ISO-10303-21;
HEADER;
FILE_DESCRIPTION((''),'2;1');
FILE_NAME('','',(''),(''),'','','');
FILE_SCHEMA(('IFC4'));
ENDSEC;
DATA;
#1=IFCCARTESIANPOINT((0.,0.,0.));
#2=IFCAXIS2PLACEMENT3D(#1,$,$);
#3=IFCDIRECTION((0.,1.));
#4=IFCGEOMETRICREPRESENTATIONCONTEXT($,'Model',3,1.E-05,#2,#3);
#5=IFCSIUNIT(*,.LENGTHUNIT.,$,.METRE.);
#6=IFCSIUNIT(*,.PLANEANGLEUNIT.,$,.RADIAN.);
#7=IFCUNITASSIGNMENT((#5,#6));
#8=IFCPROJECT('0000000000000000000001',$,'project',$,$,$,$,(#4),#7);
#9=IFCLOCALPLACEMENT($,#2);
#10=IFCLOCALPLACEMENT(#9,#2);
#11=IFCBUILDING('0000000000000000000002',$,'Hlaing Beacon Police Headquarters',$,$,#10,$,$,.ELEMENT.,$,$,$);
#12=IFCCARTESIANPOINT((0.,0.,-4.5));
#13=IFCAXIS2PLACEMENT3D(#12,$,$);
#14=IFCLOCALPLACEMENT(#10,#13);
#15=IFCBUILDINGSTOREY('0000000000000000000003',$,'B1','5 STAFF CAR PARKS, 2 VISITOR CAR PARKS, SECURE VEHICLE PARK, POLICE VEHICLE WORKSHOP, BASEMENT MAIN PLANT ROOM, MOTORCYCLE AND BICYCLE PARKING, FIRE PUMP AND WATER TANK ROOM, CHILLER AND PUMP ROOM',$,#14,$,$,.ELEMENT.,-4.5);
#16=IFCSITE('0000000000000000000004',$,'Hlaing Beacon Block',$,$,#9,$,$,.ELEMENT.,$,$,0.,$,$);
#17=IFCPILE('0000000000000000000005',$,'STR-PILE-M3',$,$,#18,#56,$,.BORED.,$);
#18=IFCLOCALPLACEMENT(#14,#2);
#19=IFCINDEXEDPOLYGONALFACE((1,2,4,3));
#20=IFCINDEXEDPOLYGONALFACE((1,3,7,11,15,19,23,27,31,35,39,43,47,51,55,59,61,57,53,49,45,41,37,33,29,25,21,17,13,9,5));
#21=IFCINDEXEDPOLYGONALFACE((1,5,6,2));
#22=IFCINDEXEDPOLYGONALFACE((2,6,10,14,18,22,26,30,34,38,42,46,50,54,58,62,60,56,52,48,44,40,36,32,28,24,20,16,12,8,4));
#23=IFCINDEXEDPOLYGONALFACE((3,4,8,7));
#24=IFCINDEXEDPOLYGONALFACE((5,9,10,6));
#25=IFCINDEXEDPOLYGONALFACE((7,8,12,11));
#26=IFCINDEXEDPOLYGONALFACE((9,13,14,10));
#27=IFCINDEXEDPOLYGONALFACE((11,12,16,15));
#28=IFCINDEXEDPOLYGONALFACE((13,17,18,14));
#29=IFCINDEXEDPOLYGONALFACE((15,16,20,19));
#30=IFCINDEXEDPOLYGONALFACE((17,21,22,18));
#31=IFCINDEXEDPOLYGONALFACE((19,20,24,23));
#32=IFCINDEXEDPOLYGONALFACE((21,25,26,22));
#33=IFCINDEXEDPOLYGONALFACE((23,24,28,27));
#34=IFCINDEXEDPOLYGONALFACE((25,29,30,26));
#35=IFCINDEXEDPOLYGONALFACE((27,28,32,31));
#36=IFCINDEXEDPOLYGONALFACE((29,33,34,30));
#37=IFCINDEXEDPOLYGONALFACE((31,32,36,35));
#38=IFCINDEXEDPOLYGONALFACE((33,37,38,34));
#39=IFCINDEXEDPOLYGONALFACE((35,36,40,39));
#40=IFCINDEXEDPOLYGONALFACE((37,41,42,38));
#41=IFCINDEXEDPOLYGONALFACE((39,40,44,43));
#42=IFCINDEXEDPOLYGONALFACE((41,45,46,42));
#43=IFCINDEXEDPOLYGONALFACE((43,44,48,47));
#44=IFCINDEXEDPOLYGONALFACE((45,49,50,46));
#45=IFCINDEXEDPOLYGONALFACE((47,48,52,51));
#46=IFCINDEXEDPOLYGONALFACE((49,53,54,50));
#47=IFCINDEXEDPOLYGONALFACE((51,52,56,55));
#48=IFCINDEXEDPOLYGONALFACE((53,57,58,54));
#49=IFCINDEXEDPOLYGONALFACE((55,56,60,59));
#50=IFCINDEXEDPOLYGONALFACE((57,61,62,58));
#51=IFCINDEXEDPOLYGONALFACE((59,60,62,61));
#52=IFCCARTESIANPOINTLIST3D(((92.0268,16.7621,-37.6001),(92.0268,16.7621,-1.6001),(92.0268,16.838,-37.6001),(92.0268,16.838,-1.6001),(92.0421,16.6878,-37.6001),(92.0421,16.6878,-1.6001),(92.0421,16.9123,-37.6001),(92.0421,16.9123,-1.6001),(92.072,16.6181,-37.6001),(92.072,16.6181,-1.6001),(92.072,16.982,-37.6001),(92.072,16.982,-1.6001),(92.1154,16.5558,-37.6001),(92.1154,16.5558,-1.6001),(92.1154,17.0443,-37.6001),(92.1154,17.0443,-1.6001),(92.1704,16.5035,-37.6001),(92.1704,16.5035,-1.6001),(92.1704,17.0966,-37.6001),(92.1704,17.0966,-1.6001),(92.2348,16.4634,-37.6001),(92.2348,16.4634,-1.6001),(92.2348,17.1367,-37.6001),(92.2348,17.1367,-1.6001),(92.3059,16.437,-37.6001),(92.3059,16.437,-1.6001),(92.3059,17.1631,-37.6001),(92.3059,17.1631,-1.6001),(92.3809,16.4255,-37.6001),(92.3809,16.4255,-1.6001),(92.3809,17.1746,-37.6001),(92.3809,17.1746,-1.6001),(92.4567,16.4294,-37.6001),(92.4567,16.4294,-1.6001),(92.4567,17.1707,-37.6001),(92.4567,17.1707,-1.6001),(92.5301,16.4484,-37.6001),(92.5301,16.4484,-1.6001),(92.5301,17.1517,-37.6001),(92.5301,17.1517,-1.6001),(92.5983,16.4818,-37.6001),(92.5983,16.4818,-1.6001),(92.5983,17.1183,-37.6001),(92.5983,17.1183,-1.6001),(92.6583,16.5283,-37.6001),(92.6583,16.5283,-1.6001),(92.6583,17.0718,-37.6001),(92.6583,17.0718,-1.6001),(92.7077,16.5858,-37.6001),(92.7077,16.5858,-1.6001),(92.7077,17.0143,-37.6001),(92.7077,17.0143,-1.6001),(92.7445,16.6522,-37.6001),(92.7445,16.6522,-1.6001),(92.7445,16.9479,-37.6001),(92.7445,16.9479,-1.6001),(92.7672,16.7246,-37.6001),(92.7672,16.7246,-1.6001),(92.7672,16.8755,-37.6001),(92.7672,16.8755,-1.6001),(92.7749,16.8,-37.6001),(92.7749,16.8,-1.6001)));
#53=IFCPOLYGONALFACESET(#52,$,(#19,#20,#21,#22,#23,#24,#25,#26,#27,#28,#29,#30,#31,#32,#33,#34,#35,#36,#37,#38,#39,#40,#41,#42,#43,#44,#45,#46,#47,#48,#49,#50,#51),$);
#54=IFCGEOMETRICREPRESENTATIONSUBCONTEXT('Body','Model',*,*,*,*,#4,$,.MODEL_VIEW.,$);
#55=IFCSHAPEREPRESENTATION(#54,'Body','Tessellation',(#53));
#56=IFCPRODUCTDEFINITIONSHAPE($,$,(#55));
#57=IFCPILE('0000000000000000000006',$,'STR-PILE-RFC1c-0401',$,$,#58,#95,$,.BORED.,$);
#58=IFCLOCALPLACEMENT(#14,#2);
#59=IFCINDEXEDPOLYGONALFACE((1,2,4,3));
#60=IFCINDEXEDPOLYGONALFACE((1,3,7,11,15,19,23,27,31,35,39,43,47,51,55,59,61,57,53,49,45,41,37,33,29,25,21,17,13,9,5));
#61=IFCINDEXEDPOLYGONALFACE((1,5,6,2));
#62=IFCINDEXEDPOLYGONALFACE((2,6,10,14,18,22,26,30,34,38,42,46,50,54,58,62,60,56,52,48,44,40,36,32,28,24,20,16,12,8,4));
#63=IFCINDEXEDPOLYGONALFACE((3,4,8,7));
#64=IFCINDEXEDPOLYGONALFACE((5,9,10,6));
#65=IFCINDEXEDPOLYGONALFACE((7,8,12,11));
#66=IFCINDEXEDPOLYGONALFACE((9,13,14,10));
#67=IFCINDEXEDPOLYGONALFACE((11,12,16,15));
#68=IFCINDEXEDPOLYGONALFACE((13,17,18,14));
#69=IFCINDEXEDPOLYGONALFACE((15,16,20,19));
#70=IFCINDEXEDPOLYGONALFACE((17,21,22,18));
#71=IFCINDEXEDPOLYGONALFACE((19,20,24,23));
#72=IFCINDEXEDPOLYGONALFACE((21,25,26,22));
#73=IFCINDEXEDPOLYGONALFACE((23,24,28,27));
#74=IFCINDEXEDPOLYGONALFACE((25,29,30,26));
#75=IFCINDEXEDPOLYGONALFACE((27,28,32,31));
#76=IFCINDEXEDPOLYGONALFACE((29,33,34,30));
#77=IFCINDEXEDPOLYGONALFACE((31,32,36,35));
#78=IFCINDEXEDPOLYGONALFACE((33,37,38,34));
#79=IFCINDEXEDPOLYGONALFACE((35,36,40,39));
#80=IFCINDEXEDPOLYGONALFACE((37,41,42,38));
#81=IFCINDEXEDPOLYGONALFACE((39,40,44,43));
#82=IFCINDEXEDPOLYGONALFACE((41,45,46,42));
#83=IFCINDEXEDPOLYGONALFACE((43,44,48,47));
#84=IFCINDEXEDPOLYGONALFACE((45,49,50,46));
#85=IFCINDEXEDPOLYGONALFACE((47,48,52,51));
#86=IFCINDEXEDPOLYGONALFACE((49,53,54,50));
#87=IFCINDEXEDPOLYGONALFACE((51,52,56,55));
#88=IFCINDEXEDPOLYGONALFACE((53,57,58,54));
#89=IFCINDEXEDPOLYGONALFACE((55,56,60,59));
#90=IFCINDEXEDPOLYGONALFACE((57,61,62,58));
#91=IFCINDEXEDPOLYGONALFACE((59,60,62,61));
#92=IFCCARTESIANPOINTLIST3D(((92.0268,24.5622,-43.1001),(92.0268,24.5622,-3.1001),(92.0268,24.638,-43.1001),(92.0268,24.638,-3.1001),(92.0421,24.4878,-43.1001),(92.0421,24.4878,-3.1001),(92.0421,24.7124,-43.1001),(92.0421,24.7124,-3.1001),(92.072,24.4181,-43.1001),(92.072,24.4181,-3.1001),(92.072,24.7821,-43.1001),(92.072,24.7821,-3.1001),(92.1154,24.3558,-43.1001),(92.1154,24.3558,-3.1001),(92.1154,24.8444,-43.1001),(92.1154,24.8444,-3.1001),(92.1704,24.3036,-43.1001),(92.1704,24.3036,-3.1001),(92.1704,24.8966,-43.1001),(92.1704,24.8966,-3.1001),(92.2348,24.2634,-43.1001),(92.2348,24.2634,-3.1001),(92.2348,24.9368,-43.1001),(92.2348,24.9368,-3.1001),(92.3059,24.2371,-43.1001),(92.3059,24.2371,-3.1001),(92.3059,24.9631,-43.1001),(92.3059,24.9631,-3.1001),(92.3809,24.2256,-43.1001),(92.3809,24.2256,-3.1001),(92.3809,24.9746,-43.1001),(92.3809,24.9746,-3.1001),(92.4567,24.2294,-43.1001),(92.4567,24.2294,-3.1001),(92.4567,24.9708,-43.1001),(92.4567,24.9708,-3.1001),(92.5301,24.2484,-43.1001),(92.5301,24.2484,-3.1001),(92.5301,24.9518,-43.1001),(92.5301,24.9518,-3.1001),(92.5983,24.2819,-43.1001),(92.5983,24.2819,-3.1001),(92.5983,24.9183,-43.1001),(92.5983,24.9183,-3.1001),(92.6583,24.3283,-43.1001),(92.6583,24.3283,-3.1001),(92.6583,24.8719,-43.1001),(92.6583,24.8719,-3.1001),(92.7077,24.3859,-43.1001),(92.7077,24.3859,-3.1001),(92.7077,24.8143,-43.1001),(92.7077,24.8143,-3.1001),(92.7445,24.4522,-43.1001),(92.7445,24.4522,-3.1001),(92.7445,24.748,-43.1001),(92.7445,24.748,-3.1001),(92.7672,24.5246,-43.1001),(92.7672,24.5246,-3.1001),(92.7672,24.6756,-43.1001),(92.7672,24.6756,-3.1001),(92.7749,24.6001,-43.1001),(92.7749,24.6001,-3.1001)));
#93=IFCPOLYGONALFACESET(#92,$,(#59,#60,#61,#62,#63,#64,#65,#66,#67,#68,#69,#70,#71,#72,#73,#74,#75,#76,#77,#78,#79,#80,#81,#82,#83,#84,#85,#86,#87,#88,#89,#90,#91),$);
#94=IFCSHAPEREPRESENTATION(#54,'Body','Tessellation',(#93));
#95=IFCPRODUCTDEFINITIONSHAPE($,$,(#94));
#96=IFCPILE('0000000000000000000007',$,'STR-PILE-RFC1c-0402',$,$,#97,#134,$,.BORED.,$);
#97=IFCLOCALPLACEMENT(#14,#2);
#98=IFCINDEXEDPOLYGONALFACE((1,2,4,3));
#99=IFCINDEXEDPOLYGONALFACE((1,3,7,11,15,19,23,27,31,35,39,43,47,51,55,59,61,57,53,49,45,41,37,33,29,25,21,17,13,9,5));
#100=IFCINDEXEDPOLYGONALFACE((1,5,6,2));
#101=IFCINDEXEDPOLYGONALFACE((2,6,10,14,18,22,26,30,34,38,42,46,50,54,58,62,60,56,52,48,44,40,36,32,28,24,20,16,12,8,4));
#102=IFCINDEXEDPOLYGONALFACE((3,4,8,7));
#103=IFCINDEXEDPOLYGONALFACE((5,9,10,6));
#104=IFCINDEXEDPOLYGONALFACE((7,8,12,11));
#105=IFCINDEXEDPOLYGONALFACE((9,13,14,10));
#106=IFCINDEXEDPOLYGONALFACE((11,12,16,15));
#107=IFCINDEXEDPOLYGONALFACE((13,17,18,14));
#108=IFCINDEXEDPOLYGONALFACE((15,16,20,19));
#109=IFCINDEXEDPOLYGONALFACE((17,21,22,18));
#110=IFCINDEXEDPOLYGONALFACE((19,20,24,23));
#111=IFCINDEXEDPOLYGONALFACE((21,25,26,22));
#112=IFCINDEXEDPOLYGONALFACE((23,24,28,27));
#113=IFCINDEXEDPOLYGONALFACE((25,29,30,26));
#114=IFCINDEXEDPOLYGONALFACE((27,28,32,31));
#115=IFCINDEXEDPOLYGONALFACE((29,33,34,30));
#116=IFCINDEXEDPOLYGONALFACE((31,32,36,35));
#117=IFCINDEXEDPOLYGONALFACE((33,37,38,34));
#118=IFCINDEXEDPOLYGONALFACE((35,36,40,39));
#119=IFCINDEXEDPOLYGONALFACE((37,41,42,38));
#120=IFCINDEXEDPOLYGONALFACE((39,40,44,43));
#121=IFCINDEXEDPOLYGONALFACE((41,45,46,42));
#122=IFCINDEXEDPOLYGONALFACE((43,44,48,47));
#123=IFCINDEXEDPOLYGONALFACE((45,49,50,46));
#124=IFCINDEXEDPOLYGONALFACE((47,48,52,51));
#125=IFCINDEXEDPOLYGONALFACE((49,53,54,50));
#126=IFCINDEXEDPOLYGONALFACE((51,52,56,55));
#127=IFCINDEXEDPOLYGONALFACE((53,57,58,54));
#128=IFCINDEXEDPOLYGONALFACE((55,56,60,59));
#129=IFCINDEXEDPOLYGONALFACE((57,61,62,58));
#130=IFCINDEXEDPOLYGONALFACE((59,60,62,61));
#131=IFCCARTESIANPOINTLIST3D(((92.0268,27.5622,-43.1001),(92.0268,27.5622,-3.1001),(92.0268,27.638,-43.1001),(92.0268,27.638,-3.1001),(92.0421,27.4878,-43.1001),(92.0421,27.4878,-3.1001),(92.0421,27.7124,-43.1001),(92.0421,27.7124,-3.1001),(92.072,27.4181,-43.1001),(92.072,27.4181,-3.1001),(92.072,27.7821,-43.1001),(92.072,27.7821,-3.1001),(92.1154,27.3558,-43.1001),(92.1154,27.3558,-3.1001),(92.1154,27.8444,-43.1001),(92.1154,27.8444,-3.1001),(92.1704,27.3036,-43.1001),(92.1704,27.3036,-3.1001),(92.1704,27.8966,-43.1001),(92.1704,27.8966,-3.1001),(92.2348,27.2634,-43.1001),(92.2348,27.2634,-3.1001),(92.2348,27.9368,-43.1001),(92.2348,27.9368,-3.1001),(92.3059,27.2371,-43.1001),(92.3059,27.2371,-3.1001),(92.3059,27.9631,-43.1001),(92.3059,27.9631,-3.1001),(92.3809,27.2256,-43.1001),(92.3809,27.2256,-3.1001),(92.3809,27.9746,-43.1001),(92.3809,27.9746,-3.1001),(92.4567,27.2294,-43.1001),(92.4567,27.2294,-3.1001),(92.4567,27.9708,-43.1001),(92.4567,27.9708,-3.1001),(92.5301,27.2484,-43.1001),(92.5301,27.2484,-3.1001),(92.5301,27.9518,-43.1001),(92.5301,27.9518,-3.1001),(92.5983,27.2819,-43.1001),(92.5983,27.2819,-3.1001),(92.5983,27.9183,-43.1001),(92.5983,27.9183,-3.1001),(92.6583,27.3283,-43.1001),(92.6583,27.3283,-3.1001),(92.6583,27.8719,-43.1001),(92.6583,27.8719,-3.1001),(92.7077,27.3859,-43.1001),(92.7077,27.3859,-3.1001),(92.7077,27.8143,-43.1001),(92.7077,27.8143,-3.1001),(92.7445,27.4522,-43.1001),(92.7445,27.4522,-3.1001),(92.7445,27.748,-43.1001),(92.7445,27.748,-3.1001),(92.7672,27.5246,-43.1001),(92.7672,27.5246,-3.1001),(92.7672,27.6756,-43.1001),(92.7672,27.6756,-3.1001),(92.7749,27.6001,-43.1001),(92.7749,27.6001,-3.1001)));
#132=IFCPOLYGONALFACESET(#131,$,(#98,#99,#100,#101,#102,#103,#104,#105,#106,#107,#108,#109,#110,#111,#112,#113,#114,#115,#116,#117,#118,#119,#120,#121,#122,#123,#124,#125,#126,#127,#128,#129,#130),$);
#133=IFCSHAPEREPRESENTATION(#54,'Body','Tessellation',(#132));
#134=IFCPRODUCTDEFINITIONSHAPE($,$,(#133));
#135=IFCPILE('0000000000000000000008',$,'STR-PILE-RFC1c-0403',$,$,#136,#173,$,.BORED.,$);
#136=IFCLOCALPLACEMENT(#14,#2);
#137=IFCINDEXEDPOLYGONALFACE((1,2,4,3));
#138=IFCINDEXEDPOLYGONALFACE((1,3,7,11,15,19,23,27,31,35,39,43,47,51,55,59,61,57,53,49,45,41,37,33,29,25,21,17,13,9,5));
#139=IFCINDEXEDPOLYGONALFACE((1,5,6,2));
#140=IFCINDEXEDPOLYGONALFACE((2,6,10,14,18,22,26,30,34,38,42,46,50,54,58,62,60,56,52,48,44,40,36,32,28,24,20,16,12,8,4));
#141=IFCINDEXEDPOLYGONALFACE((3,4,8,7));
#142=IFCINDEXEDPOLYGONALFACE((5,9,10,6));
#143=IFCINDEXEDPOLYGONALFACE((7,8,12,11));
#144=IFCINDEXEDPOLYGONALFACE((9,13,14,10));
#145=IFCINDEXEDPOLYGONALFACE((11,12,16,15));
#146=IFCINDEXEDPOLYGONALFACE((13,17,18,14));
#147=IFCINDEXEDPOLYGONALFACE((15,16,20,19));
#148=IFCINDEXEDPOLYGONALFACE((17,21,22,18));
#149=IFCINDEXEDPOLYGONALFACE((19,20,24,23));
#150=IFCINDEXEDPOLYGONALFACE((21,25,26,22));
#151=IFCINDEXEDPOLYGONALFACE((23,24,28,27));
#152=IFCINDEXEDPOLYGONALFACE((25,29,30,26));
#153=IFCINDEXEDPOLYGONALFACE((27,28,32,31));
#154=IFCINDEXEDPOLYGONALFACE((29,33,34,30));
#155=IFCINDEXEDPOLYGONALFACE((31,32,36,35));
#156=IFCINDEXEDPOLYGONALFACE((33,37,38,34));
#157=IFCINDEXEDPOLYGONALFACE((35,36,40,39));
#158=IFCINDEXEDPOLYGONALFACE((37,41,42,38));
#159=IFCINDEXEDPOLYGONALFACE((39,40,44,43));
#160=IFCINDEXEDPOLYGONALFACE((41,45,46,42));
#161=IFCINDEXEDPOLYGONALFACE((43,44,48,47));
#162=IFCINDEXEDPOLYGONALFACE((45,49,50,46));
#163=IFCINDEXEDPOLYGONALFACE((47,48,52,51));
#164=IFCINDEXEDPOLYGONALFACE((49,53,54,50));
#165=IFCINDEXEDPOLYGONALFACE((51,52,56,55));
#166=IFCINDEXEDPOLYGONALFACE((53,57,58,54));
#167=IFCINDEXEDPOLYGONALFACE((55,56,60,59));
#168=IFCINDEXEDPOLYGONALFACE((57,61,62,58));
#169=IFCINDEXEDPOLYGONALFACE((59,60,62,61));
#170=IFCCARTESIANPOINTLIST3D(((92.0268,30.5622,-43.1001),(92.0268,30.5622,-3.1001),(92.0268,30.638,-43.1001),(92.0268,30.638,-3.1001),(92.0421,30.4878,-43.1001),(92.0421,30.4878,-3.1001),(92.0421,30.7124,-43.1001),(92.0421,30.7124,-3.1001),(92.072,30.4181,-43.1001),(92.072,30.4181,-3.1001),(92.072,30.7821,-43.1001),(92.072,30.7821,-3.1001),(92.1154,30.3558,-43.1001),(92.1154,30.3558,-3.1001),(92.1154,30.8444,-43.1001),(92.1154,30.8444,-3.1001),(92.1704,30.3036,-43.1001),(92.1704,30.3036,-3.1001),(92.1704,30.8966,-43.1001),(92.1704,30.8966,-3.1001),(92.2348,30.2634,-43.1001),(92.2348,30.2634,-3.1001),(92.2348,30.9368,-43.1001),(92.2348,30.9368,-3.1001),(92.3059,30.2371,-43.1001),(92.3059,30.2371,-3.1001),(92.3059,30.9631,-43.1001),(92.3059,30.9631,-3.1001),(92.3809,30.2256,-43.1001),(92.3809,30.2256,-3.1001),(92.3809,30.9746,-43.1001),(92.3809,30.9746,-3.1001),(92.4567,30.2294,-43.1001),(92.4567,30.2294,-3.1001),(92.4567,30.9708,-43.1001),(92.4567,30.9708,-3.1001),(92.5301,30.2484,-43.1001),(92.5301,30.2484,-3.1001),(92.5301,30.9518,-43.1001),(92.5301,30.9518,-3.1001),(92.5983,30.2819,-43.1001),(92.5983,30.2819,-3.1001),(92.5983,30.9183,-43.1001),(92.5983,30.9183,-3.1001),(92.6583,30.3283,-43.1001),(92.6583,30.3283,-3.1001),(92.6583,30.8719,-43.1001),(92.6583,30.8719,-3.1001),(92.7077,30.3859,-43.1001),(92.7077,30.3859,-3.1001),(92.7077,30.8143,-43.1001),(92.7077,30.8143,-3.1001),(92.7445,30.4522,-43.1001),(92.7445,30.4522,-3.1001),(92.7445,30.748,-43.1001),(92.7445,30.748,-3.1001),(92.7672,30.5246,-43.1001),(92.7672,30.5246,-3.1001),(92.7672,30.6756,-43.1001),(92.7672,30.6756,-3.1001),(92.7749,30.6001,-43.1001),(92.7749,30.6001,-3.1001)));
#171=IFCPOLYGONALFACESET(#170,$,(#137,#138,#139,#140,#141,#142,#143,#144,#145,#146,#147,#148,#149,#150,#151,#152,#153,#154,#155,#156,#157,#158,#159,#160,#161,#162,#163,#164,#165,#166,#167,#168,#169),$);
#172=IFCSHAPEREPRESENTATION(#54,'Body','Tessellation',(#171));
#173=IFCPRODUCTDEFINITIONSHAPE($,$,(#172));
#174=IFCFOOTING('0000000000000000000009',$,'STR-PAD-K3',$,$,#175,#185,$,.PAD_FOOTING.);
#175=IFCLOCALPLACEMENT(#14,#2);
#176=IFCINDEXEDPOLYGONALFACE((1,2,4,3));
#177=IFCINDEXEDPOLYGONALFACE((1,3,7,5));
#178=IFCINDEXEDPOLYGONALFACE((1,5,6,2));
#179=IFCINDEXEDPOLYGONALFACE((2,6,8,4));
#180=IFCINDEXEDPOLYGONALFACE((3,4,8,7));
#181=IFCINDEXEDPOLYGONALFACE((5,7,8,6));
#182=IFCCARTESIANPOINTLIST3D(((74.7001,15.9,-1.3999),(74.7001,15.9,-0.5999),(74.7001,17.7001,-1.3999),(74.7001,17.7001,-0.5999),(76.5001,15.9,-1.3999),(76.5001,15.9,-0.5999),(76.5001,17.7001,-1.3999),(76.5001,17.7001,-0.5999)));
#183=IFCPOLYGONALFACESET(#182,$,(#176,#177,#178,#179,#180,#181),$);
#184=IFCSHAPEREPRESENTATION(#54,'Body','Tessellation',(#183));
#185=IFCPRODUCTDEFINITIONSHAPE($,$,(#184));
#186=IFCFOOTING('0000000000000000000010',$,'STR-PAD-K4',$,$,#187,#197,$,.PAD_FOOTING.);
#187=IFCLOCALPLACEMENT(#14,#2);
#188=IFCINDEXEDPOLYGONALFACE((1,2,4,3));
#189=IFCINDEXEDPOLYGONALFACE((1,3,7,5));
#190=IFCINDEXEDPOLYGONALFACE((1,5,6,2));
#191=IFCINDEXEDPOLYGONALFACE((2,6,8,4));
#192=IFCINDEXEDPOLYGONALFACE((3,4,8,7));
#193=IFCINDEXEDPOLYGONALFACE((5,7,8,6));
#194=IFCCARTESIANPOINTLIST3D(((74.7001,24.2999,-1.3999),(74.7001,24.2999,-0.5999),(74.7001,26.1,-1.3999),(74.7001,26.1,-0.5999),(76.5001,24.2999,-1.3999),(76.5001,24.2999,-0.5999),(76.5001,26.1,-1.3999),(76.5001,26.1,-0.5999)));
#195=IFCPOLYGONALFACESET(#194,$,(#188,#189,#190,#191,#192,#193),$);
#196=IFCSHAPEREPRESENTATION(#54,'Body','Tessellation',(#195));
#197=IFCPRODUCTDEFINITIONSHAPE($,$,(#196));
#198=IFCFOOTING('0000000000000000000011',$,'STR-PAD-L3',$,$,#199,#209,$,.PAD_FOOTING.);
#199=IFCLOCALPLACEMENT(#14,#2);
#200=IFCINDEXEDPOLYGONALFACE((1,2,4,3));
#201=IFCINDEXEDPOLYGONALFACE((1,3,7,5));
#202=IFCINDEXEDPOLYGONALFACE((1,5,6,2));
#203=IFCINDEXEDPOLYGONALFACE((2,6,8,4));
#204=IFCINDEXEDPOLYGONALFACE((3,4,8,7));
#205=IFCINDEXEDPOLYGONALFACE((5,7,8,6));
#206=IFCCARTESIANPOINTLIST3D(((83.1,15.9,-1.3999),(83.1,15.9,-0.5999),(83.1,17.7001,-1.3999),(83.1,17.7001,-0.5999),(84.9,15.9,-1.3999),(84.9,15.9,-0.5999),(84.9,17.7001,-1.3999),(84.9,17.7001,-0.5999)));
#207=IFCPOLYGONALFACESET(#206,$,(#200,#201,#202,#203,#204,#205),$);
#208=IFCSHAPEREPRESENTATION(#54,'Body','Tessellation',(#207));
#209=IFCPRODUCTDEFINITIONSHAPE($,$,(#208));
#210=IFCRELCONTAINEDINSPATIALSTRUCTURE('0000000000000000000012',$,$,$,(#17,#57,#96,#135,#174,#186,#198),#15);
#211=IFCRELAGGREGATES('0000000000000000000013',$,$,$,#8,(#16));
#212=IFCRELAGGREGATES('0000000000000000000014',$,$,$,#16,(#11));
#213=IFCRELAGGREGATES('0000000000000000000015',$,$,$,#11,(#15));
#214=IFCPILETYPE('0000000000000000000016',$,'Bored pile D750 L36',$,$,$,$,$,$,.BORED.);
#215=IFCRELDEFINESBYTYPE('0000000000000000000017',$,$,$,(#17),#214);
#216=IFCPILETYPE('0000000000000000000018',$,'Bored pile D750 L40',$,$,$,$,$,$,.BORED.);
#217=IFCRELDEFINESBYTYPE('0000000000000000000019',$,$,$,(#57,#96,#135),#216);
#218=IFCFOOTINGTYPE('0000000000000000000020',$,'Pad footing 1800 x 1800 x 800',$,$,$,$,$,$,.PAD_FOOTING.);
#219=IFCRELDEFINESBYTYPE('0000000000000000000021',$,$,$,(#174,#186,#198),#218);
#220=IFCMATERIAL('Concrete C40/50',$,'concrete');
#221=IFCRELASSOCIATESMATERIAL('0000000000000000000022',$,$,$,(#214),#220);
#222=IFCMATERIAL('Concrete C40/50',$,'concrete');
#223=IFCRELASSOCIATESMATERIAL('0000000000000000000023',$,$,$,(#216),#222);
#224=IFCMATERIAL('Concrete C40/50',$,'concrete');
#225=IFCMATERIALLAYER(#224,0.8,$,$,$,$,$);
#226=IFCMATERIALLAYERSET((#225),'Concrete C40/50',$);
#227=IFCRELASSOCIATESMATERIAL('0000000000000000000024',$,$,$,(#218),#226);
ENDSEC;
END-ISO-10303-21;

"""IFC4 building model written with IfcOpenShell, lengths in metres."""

from ifc_helpers import new_model, si_unit, direction, frame, origin, origin_2d, place, context, subcontext, project, spatial, rectangle, circle, extrude, material, layer, layer_set, material_profile, profile_set, type_object, element, save


model = new_model("IFC4")

# Units and contexts
model_context = context("Model", 3, precision=1e-05, world=origin(), true_north=direction((0.0, 1.0)))
body_context = subcontext(model_context, "Body", "Model", "MODEL_VIEW")
ifc_project = project(units=[si_unit("LENGTHUNIT", "METRE"), si_unit("PLANEANGLEUNIT", "RADIAN")], contexts=[model_context])

# Site, building, storey
site_placement = place(None, origin())
site = spatial("IfcSite", under=ifc_project, at=site_placement, Name="Hlaing Beacon Block", CompositionType="ELEMENT", RefElevation=0.0)
building_placement = place(site_placement, origin())
building = spatial("IfcBuilding", under=site, at=building_placement, Name="Hlaing Beacon Police Headquarters", CompositionType="ELEMENT")
storey_placement = place(building_placement, frame((0.0, 0.0, -4.5)))
storey = spatial("IfcBuildingStorey", under=building, at=storey_placement, Name="B1", Description="5 STAFF CAR PARKS, 2 VISITOR CAR PARKS, SECURE VEHICLE PARK, POLICE VEHICLE WORKSHOP, BASEMENT MAIN PLANT ROOM, MOTORCYCLE AND BICYCLE PARKING, FIRE PUMP AND WATER TANK ROOM, CHILLER AND PUMP ROOM", CompositionType="ELEMENT", Elevation=-4.5)

# Piles
ifc_material_1 = material(Name="Concrete C40/50", Category="concrete")
ifc_material_profile_1 = material_profile(ifc_material_1, circle(Radius=0.375, at=origin_2d()), Name="D750")
ifc_profile_set_1 = profile_set([ifc_material_profile_1], Name="Concrete C40/50")
pile_type_1 = type_object("IfcPileType", Name="Bored pile D750 L36", PredefinedType="BORED", material=ifc_profile_set_1)
for number, where, z_axis, x_axis, name in (
    (1, (92.3999, 16.8, -1.6001), (0.0, 0.0, -1.0), (1.0, 0.0, 0.0), "STR-PILE-M3"),
):
    element("IfcPile", number, at=place(storey_placement, frame(where, z_axis=z_axis, x_axis=x_axis)), inside=storey, type_object=pile_type_1, Name=name, PredefinedType="BORED", context=body_context, shape_type="SweptSolid", body=[
        extrude(circle(Radius=0.375, at=origin_2d()), origin(), (0.0, 0.0, 1.0), 36.0),
    ])
ifc_material_2 = material(Name="Concrete C40/50", Category="concrete")
ifc_material_profile_2 = material_profile(ifc_material_2, circle(Radius=0.375, at=origin_2d()), Name="D750")
ifc_profile_set_2 = profile_set([ifc_material_profile_2], Name="Concrete C40/50")
pile_type_2 = type_object("IfcPileType", Name="Bored pile D750 L40", PredefinedType="BORED", material=ifc_profile_set_2)
for number, where, z_axis, x_axis, name in (
    (2, (92.3999, 24.6001, -3.1001), (0.0, 0.0, -1.0), (1.0, 0.0, 0.0), "STR-PILE-RFC1c-0401"),
    (3, (92.3999, 27.6001, -3.1001), (0.0, 0.0, -1.0), (1.0, 0.0, 0.0), "STR-PILE-RFC1c-0402"),
    (4, (92.3999, 30.6001, -3.1001), (0.0, 0.0, -1.0), (1.0, 0.0, 0.0), "STR-PILE-RFC1c-0403"),
):
    element("IfcPile", number, at=place(storey_placement, frame(where, z_axis=z_axis, x_axis=x_axis)), inside=storey, type_object=pile_type_2, Name=name, PredefinedType="BORED", context=body_context, shape_type="SweptSolid", body=[
        extrude(circle(Radius=0.375, at=origin_2d()), origin(), (0.0, 0.0, 1.0), 40.0),
    ])

# Footings
ifc_material_3 = material(Name="Concrete C40/50", Category="concrete")
ifc_layer_1 = layer(ifc_material_3, 0.8)
ifc_layer_set_1 = layer_set([ifc_layer_1], Name="Concrete C40/50")
footing_type_1 = type_object("IfcFootingType", Name="Pad footing 1800 x 1800 x 800", PredefinedType="PAD_FOOTING", material=ifc_layer_set_1)
for number, where, z_axis, x_axis, name in (
    (5, (75.6001, 16.8, -1.3999), (0.0, 0.0, 1.0), (1.0, 0.0, 0.0), "STR-PAD-K3"),
    (6, (75.6001, 25.2, -1.3999), (0.0, 0.0, 1.0), (1.0, 0.0, 0.0), "STR-PAD-K4"),
    (7, (84.0, 16.8, -1.3999), (0.0, 0.0, 1.0), (1.0, 0.0, 0.0), "STR-PAD-L3"),
):
    element("IfcFooting", number, at=place(storey_placement, frame(where, z_axis=z_axis, x_axis=x_axis)), inside=storey, type_object=footing_type_1, Name=name, PredefinedType="PAD_FOOTING", context=body_context, shape_type="SweptSolid", body=[
        extrude(rectangle(XDim=1.8, YDim=1.8, at=origin_2d()), origin(), (0.0, 0.0, 1.0), 0.8),
    ])

save(model, "model.ifc")
